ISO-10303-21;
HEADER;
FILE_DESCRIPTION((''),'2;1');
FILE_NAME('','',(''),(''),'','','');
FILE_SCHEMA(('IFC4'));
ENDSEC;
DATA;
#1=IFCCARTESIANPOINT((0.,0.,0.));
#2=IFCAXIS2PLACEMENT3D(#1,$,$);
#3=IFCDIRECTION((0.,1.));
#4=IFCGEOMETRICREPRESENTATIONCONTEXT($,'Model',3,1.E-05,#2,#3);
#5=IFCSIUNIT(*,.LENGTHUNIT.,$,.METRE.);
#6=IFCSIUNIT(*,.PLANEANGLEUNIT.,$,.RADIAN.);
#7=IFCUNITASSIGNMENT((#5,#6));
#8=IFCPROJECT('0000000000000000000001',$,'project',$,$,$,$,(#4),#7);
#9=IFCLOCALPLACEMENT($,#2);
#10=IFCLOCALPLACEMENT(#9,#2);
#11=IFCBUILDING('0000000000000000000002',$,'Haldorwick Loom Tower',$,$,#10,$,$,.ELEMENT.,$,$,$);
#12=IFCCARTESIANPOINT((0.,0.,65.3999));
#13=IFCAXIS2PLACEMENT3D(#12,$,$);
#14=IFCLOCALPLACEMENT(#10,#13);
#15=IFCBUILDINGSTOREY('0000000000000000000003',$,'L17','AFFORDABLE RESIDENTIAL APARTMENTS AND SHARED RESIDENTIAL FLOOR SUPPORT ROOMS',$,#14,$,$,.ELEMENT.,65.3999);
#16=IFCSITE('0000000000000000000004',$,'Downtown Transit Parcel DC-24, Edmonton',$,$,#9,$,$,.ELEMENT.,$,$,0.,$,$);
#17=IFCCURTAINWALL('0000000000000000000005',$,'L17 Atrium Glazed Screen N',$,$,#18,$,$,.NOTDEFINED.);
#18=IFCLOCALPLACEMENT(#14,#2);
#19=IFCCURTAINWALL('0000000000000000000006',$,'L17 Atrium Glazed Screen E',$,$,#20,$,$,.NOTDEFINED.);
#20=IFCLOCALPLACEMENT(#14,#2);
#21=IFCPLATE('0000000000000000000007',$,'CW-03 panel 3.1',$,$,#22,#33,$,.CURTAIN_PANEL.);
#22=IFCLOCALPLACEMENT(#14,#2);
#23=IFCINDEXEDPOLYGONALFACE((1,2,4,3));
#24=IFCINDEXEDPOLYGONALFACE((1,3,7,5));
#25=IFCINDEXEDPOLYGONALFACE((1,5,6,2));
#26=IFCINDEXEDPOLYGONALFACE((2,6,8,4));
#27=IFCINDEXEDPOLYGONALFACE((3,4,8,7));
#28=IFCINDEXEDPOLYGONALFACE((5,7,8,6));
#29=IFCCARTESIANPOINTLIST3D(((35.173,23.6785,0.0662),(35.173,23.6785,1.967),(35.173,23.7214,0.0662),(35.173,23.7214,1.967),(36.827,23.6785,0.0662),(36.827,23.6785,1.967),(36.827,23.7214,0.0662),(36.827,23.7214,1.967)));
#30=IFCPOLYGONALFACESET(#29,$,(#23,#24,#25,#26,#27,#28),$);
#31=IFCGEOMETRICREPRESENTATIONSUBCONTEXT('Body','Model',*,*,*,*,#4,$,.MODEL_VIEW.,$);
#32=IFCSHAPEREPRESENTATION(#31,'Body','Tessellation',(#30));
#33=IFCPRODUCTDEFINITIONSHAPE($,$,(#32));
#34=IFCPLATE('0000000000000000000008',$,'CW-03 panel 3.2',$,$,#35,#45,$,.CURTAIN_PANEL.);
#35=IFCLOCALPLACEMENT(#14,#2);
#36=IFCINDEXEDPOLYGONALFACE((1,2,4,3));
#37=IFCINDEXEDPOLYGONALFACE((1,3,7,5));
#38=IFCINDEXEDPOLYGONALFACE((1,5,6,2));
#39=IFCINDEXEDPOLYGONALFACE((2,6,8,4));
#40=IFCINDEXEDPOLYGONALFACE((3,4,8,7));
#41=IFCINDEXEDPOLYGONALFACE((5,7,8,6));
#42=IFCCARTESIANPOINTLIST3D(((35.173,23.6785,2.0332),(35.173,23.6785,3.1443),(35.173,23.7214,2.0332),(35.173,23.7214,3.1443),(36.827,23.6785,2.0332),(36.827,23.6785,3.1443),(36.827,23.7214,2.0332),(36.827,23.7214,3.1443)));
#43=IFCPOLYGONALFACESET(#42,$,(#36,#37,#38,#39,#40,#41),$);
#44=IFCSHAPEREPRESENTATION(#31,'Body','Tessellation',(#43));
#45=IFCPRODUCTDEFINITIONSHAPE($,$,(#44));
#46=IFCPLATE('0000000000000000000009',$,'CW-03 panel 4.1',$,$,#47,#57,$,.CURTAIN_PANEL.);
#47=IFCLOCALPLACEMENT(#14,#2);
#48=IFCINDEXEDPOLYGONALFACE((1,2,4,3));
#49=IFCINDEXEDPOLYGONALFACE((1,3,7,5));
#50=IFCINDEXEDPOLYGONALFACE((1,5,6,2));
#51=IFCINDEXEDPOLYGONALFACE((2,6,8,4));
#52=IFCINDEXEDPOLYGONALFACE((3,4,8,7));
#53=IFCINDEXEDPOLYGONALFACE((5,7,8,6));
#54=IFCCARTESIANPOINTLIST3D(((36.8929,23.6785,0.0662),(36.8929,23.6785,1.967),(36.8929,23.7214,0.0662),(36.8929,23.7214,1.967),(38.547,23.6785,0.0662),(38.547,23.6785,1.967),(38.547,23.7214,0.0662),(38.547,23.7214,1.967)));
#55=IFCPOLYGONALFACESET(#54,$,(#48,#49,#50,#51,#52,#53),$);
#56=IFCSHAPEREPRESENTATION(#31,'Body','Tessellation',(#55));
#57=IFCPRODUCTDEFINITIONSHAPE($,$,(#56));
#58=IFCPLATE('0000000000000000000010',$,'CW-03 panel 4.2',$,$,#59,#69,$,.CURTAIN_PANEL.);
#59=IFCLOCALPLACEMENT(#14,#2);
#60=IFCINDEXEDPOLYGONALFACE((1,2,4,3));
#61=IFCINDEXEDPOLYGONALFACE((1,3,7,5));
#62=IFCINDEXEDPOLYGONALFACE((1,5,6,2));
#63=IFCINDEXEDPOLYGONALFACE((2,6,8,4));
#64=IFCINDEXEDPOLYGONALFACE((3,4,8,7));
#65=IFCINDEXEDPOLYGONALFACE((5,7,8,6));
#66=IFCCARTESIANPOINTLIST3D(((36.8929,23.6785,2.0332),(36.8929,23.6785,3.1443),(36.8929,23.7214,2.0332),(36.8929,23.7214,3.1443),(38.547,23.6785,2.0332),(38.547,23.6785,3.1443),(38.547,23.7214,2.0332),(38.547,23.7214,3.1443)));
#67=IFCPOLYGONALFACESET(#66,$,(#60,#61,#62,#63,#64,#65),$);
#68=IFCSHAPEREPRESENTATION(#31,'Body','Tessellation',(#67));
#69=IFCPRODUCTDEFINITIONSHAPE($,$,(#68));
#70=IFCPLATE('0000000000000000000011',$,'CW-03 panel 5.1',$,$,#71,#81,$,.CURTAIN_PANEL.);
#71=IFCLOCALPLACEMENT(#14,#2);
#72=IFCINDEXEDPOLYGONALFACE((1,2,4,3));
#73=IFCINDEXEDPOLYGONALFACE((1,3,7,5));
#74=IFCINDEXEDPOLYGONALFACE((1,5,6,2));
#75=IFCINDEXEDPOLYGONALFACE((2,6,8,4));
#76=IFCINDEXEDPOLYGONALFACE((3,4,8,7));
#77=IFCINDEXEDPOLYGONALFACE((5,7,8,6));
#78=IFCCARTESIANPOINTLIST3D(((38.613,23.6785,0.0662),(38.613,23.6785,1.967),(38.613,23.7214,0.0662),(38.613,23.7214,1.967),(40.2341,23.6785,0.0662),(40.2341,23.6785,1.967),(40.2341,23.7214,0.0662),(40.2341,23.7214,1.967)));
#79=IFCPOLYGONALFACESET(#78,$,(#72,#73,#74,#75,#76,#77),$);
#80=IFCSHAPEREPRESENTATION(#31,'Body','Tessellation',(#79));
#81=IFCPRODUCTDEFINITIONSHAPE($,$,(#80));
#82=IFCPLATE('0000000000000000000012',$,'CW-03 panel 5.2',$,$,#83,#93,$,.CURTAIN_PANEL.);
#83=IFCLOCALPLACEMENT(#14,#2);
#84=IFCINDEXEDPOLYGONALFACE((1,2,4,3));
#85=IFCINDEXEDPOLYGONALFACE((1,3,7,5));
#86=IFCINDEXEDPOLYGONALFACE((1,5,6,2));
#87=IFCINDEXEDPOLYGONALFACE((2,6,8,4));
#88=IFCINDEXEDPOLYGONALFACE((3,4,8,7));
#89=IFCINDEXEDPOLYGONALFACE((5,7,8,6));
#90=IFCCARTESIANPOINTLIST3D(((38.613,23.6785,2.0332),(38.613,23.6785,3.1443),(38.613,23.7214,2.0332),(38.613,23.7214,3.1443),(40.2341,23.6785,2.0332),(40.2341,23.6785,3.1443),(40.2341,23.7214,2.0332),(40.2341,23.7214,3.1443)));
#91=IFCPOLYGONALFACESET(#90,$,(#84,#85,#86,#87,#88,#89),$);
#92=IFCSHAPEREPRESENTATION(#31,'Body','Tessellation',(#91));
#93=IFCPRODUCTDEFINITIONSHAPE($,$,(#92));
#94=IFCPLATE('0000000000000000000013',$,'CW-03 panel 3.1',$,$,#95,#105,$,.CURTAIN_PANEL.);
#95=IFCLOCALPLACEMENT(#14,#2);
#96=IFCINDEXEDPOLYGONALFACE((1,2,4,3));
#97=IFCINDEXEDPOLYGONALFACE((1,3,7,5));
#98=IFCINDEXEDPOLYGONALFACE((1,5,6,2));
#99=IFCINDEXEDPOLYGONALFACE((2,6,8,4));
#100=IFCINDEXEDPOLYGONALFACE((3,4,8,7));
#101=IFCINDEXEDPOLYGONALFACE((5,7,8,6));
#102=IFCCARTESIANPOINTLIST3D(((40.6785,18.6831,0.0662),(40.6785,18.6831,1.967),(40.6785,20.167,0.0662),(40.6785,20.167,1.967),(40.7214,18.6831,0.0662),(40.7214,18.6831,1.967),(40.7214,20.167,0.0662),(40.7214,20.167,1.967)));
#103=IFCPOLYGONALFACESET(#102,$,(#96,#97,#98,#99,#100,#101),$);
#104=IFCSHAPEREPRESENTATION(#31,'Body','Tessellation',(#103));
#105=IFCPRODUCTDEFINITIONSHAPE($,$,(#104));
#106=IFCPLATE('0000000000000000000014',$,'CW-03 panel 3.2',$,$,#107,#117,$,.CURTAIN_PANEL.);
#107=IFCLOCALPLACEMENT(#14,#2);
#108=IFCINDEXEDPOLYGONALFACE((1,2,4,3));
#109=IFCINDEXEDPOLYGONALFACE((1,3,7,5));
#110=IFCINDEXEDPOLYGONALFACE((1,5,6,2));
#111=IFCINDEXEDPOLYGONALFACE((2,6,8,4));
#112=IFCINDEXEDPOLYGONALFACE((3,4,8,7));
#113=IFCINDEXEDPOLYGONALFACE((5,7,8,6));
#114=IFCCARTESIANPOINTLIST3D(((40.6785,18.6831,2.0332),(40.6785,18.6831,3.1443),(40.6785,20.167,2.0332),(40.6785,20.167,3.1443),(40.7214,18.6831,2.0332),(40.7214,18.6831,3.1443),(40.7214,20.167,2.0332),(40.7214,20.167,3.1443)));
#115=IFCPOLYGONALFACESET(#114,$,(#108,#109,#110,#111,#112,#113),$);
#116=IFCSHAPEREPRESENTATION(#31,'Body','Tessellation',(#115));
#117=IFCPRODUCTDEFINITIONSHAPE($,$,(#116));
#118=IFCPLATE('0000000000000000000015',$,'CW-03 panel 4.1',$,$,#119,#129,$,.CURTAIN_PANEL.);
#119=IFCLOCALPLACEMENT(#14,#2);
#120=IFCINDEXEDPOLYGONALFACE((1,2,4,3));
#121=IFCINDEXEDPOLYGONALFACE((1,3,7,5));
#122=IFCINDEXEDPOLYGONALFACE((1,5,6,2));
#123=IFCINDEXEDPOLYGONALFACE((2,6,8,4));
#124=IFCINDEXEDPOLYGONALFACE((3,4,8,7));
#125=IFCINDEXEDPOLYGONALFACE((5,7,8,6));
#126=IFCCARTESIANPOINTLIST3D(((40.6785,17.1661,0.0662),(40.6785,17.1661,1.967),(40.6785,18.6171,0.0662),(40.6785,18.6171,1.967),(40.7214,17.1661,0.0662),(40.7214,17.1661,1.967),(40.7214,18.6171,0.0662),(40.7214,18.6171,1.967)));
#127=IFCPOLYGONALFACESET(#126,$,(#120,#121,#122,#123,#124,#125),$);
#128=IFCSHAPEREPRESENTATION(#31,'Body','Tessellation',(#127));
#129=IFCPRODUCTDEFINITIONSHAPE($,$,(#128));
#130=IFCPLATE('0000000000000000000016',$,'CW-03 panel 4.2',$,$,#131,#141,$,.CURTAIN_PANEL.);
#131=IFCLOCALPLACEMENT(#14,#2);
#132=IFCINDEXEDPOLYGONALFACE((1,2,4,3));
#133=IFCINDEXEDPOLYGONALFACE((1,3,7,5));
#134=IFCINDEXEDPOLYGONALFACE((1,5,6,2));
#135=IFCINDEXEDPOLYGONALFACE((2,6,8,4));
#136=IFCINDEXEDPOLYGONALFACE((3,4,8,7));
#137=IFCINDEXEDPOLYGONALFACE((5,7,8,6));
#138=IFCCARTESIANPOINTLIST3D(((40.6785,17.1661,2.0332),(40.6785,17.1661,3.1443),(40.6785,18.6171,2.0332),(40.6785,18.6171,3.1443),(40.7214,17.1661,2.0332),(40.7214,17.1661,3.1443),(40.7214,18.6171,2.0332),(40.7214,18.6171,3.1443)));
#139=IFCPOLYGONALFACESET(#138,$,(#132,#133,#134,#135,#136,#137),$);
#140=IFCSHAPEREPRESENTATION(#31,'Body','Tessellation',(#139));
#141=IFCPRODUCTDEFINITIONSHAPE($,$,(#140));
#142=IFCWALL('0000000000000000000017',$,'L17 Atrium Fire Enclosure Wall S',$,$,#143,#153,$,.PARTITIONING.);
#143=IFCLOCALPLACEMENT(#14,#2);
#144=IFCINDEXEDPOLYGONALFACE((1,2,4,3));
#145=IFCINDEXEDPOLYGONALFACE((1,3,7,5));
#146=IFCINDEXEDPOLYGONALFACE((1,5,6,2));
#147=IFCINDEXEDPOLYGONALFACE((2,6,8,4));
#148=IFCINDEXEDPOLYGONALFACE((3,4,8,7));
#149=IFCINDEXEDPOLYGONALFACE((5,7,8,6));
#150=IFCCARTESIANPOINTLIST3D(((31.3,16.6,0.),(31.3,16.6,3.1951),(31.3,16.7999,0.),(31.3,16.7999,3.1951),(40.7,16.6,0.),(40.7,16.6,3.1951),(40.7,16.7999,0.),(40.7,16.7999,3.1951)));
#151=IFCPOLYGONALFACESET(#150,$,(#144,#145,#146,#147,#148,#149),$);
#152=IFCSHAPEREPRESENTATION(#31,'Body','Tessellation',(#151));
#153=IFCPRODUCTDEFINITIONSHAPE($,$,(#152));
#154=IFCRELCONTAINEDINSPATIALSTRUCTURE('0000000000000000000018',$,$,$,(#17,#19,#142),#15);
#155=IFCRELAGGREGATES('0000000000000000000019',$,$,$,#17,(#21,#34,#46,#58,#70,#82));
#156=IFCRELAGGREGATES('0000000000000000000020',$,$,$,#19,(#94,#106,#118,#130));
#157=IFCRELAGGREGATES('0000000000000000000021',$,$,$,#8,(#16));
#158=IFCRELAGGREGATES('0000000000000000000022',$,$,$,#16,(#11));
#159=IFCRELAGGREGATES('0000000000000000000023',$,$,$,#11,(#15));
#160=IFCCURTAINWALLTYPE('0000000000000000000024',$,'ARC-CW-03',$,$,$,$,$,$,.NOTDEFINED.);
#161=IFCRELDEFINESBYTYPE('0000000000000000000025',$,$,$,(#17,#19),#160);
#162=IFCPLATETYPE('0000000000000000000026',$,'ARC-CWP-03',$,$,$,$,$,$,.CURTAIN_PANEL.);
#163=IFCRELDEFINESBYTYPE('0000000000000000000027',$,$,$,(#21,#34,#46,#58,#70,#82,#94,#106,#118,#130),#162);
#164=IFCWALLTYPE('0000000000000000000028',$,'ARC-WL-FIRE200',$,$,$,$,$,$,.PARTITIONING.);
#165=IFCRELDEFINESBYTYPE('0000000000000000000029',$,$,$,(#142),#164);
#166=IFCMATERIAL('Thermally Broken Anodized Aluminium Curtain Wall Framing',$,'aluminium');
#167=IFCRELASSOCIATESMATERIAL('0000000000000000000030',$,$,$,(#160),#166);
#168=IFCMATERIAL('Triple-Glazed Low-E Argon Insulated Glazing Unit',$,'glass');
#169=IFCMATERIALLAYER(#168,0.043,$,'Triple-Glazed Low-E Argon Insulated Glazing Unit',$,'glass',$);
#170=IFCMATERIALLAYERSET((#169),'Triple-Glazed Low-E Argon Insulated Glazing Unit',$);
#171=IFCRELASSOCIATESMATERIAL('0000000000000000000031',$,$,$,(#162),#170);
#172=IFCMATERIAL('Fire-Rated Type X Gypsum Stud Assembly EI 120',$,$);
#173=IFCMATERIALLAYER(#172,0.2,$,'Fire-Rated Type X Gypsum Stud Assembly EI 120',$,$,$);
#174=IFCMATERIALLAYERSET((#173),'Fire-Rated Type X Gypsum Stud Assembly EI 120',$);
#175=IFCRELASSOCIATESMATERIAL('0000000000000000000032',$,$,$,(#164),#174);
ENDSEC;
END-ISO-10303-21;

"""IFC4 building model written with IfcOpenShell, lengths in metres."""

from ifc_helpers import new_model, si_unit, direction, frame, frame_2d, origin, origin_2d, place, context, subcontext, project, spatial, rectangle, extrude, material, layer, layer_set, type_object, element, aggregate, save


model = new_model("IFC4")

# Units and contexts
model_context = context("Model", 3, precision=1e-05, world=origin(), true_north=direction((0.0, 1.0)))
body_context = subcontext(model_context, "Body", "Model", "MODEL_VIEW")
ifc_project = project(units=[si_unit("LENGTHUNIT", "METRE"), si_unit("PLANEANGLEUNIT", "RADIAN")], contexts=[model_context])

# Site, building, storey
site_placement = place(None, origin())
site = spatial("IfcSite", under=ifc_project, at=site_placement, Name="Downtown Transit Parcel DC-24, Edmonton", CompositionType="ELEMENT", RefElevation=0.0)
building_placement = place(site_placement, origin())
building = spatial("IfcBuilding", under=site, at=building_placement, Name="Haldorwick Loom Tower", CompositionType="ELEMENT")
storey_placement = place(building_placement, frame((0.0, 0.0, 65.3999)))
storey = spatial("IfcBuildingStorey", under=building, at=storey_placement, Name="L17", Description="AFFORDABLE RESIDENTIAL APARTMENTS AND SHARED RESIDENTIAL FLOOR SUPPORT ROOMS", CompositionType="ELEMENT", Elevation=65.3999)

# Shared definitions
ifc_material_1 = material(Name="Thermally Broken Anodized Aluminium Curtain Wall Framing", Category="aluminium")
curtain_wall_type = type_object("IfcCurtainWallType", Name="ARC-CW-03", PredefinedType="NOTDEFINED", material=ifc_material_1)

# Curtain walls
curtain_wall_1_placement = place(storey_placement, origin())
curtain_wall_1 = element("IfcCurtainWall", 1, at=curtain_wall_1_placement, inside=storey, type_object=curtain_wall_type, Name="L17 Atrium Glazed Screen N", PredefinedType="NOTDEFINED")
curtain_wall_2_placement = place(storey_placement, origin())
curtain_wall_2 = element("IfcCurtainWall", 2, at=curtain_wall_2_placement, inside=storey, type_object=curtain_wall_type, Name="L17 Atrium Glazed Screen E", PredefinedType="NOTDEFINED")

# Plates
ifc_material_2 = material(Name="Triple-Glazed Low-E Argon Insulated Glazing Unit", Category="glass")
ifc_layer_1 = layer(ifc_material_2, 0.043, Name="Triple-Glazed Low-E Argon Insulated Glazing Unit", Category="glass")
ifc_layer_set_1 = layer_set([ifc_layer_1], Name="Triple-Glazed Low-E Argon Insulated Glazing Unit")
plate_type = type_object("IfcPlateType", Name="ARC-CWP-03", PredefinedType="CURTAIN_PANEL", material=ifc_layer_set_1)
plate_1_placement = place(storey_placement, frame((36.0, 23.7, 0.0662), z_axis=(0.0, 0.0, 1.0), x_axis=(1.0, 0.0, 0.0)))
plate_1 = element("IfcPlate", 3, at=plate_1_placement, type_object=plate_type, Name="CW-03 panel 3.1", PredefinedType="CURTAIN_PANEL", context=body_context, shape_type="SweptSolid", body=[
    extrude(rectangle(XDim=1.6541, YDim=0.043, at=origin_2d()), origin(), (0.0, 0.0, 1.0), 1.9009),
])
plate_2_placement = place(storey_placement, frame((36.0, 23.7, 2.0332), z_axis=(0.0, 0.0, 1.0), x_axis=(1.0, 0.0, 0.0)))
plate_2 = element("IfcPlate", 4, at=plate_2_placement, type_object=plate_type, Name="CW-03 panel 3.2", PredefinedType="CURTAIN_PANEL", context=body_context, shape_type="SweptSolid", body=[
    extrude(rectangle(XDim=1.6541, YDim=0.043, at=origin_2d()), origin(), (0.0, 0.0, 1.0), 1.1111),
])
plate_3_placement = place(storey_placement, frame((37.72, 23.7, 0.0662), z_axis=(0.0, 0.0, 1.0), x_axis=(1.0, 0.0, 0.0)))
plate_3 = element("IfcPlate", 5, at=plate_3_placement, type_object=plate_type, Name="CW-03 panel 4.1", PredefinedType="CURTAIN_PANEL", context=body_context, shape_type="SweptSolid", body=[
    extrude(rectangle(XDim=1.6541, YDim=0.043, at=origin_2d()), origin(), (0.0, 0.0, 1.0), 1.9009),
])
plate_4_placement = place(storey_placement, frame((37.72, 23.7, 2.0332), z_axis=(0.0, 0.0, 1.0), x_axis=(1.0, 0.0, 0.0)))
plate_4 = element("IfcPlate", 6, at=plate_4_placement, type_object=plate_type, Name="CW-03 panel 4.2", PredefinedType="CURTAIN_PANEL", context=body_context, shape_type="SweptSolid", body=[
    extrude(rectangle(XDim=1.6541, YDim=0.043, at=origin_2d()), origin(), (0.0, 0.0, 1.0), 1.1111),
])
plate_5_placement = place(storey_placement, frame((39.4236, 23.7, 0.0662), z_axis=(0.0, 0.0, 1.0), x_axis=(1.0, 0.0, 0.0)))
plate_5 = element("IfcPlate", 7, at=plate_5_placement, type_object=plate_type, Name="CW-03 panel 5.1", PredefinedType="CURTAIN_PANEL", context=body_context, shape_type="SweptSolid", body=[
    extrude(rectangle(XDim=1.6211, YDim=0.043, at=origin_2d()), origin(), (0.0, 0.0, 1.0), 1.9009),
])
plate_6_placement = place(storey_placement, frame((39.4236, 23.7, 2.0332), z_axis=(0.0, 0.0, 1.0), x_axis=(1.0, 0.0, 0.0)))
plate_6 = element("IfcPlate", 8, at=plate_6_placement, type_object=plate_type, Name="CW-03 panel 5.2", PredefinedType="CURTAIN_PANEL", context=body_context, shape_type="SweptSolid", body=[
    extrude(rectangle(XDim=1.6211, YDim=0.043, at=origin_2d()), origin(), (0.0, 0.0, 1.0), 1.1111),
])
aggregate(curtain_wall_1, [plate_1, plate_2, plate_3, plate_4, plate_5, plate_6])
plate_7_placement = place(storey_placement, frame((40.7, 19.425, 0.0662), z_axis=(0.0, 0.0, 1.0), x_axis=(0.0, -1.0, 0.0)))
plate_7 = element("IfcPlate", 9, at=plate_7_placement, type_object=plate_type, Name="CW-03 panel 3.1", PredefinedType="CURTAIN_PANEL", context=body_context, shape_type="SweptSolid", body=[
    extrude(rectangle(XDim=1.4839, YDim=0.043, at=origin_2d()), origin(), (0.0, 0.0, 1.0), 1.9009),
])
plate_8_placement = place(storey_placement, frame((40.7, 19.425, 2.0332), z_axis=(0.0, 0.0, 1.0), x_axis=(0.0, -1.0, 0.0)))
plate_8 = element("IfcPlate", 10, at=plate_8_placement, type_object=plate_type, Name="CW-03 panel 3.2", PredefinedType="CURTAIN_PANEL", context=body_context, shape_type="SweptSolid", body=[
    extrude(rectangle(XDim=1.4839, YDim=0.043, at=origin_2d()), origin(), (0.0, 0.0, 1.0), 1.1111),
])
plate_9_placement = place(storey_placement, frame((40.7, 17.8916, 0.0662), z_axis=(0.0, 0.0, 1.0), x_axis=(0.0, -1.0, 0.0)))
plate_9 = element("IfcPlate", 11, at=plate_9_placement, type_object=plate_type, Name="CW-03 panel 4.1", PredefinedType="CURTAIN_PANEL", context=body_context, shape_type="SweptSolid", body=[
    extrude(rectangle(XDim=1.4509, YDim=0.043, at=origin_2d()), origin(), (0.0, 0.0, 1.0), 1.9009),
])
plate_10_placement = place(storey_placement, frame((40.7, 17.8916, 2.0332), z_axis=(0.0, 0.0, 1.0), x_axis=(0.0, -1.0, 0.0)))
plate_10 = element("IfcPlate", 12, at=plate_10_placement, type_object=plate_type, Name="CW-03 panel 4.2", PredefinedType="CURTAIN_PANEL", context=body_context, shape_type="SweptSolid", body=[
    extrude(rectangle(XDim=1.4509, YDim=0.043, at=origin_2d()), origin(), (0.0, 0.0, 1.0), 1.1111),
])
aggregate(curtain_wall_2, [plate_7, plate_8, plate_9, plate_10])

# Wall
ifc_material_3 = material(Name="Fire-Rated Type X Gypsum Stud Assembly EI 120")
ifc_layer_2 = layer(ifc_material_3, 0.2, Name="Fire-Rated Type X Gypsum Stud Assembly EI 120")
ifc_layer_set_2 = layer_set([ifc_layer_2], Name="Fire-Rated Type X Gypsum Stud Assembly EI 120")
wall_type = type_object("IfcWallType", Name="ARC-WL-FIRE200", PredefinedType="PARTITIONING", material=ifc_layer_set_2)
wall_placement = place(storey_placement, frame((40.7, 16.7, 0.0), z_axis=(0.0, 0.0, 1.0), x_axis=(-1.0, 0.0, 0.0)))
element("IfcWall", 13, at=wall_placement, inside=storey, type_object=wall_type, Name="L17 Atrium Fire Enclosure Wall S", PredefinedType="PARTITIONING", context=body_context, shape_type="SweptSolid", body=[
    extrude(rectangle(XDim=9.3999, YDim=0.2, at=frame_2d((4.7, 0.0))), origin(), (0.0, 0.0, 1.0), 3.1951),
])

save(model, "model.ifc")
